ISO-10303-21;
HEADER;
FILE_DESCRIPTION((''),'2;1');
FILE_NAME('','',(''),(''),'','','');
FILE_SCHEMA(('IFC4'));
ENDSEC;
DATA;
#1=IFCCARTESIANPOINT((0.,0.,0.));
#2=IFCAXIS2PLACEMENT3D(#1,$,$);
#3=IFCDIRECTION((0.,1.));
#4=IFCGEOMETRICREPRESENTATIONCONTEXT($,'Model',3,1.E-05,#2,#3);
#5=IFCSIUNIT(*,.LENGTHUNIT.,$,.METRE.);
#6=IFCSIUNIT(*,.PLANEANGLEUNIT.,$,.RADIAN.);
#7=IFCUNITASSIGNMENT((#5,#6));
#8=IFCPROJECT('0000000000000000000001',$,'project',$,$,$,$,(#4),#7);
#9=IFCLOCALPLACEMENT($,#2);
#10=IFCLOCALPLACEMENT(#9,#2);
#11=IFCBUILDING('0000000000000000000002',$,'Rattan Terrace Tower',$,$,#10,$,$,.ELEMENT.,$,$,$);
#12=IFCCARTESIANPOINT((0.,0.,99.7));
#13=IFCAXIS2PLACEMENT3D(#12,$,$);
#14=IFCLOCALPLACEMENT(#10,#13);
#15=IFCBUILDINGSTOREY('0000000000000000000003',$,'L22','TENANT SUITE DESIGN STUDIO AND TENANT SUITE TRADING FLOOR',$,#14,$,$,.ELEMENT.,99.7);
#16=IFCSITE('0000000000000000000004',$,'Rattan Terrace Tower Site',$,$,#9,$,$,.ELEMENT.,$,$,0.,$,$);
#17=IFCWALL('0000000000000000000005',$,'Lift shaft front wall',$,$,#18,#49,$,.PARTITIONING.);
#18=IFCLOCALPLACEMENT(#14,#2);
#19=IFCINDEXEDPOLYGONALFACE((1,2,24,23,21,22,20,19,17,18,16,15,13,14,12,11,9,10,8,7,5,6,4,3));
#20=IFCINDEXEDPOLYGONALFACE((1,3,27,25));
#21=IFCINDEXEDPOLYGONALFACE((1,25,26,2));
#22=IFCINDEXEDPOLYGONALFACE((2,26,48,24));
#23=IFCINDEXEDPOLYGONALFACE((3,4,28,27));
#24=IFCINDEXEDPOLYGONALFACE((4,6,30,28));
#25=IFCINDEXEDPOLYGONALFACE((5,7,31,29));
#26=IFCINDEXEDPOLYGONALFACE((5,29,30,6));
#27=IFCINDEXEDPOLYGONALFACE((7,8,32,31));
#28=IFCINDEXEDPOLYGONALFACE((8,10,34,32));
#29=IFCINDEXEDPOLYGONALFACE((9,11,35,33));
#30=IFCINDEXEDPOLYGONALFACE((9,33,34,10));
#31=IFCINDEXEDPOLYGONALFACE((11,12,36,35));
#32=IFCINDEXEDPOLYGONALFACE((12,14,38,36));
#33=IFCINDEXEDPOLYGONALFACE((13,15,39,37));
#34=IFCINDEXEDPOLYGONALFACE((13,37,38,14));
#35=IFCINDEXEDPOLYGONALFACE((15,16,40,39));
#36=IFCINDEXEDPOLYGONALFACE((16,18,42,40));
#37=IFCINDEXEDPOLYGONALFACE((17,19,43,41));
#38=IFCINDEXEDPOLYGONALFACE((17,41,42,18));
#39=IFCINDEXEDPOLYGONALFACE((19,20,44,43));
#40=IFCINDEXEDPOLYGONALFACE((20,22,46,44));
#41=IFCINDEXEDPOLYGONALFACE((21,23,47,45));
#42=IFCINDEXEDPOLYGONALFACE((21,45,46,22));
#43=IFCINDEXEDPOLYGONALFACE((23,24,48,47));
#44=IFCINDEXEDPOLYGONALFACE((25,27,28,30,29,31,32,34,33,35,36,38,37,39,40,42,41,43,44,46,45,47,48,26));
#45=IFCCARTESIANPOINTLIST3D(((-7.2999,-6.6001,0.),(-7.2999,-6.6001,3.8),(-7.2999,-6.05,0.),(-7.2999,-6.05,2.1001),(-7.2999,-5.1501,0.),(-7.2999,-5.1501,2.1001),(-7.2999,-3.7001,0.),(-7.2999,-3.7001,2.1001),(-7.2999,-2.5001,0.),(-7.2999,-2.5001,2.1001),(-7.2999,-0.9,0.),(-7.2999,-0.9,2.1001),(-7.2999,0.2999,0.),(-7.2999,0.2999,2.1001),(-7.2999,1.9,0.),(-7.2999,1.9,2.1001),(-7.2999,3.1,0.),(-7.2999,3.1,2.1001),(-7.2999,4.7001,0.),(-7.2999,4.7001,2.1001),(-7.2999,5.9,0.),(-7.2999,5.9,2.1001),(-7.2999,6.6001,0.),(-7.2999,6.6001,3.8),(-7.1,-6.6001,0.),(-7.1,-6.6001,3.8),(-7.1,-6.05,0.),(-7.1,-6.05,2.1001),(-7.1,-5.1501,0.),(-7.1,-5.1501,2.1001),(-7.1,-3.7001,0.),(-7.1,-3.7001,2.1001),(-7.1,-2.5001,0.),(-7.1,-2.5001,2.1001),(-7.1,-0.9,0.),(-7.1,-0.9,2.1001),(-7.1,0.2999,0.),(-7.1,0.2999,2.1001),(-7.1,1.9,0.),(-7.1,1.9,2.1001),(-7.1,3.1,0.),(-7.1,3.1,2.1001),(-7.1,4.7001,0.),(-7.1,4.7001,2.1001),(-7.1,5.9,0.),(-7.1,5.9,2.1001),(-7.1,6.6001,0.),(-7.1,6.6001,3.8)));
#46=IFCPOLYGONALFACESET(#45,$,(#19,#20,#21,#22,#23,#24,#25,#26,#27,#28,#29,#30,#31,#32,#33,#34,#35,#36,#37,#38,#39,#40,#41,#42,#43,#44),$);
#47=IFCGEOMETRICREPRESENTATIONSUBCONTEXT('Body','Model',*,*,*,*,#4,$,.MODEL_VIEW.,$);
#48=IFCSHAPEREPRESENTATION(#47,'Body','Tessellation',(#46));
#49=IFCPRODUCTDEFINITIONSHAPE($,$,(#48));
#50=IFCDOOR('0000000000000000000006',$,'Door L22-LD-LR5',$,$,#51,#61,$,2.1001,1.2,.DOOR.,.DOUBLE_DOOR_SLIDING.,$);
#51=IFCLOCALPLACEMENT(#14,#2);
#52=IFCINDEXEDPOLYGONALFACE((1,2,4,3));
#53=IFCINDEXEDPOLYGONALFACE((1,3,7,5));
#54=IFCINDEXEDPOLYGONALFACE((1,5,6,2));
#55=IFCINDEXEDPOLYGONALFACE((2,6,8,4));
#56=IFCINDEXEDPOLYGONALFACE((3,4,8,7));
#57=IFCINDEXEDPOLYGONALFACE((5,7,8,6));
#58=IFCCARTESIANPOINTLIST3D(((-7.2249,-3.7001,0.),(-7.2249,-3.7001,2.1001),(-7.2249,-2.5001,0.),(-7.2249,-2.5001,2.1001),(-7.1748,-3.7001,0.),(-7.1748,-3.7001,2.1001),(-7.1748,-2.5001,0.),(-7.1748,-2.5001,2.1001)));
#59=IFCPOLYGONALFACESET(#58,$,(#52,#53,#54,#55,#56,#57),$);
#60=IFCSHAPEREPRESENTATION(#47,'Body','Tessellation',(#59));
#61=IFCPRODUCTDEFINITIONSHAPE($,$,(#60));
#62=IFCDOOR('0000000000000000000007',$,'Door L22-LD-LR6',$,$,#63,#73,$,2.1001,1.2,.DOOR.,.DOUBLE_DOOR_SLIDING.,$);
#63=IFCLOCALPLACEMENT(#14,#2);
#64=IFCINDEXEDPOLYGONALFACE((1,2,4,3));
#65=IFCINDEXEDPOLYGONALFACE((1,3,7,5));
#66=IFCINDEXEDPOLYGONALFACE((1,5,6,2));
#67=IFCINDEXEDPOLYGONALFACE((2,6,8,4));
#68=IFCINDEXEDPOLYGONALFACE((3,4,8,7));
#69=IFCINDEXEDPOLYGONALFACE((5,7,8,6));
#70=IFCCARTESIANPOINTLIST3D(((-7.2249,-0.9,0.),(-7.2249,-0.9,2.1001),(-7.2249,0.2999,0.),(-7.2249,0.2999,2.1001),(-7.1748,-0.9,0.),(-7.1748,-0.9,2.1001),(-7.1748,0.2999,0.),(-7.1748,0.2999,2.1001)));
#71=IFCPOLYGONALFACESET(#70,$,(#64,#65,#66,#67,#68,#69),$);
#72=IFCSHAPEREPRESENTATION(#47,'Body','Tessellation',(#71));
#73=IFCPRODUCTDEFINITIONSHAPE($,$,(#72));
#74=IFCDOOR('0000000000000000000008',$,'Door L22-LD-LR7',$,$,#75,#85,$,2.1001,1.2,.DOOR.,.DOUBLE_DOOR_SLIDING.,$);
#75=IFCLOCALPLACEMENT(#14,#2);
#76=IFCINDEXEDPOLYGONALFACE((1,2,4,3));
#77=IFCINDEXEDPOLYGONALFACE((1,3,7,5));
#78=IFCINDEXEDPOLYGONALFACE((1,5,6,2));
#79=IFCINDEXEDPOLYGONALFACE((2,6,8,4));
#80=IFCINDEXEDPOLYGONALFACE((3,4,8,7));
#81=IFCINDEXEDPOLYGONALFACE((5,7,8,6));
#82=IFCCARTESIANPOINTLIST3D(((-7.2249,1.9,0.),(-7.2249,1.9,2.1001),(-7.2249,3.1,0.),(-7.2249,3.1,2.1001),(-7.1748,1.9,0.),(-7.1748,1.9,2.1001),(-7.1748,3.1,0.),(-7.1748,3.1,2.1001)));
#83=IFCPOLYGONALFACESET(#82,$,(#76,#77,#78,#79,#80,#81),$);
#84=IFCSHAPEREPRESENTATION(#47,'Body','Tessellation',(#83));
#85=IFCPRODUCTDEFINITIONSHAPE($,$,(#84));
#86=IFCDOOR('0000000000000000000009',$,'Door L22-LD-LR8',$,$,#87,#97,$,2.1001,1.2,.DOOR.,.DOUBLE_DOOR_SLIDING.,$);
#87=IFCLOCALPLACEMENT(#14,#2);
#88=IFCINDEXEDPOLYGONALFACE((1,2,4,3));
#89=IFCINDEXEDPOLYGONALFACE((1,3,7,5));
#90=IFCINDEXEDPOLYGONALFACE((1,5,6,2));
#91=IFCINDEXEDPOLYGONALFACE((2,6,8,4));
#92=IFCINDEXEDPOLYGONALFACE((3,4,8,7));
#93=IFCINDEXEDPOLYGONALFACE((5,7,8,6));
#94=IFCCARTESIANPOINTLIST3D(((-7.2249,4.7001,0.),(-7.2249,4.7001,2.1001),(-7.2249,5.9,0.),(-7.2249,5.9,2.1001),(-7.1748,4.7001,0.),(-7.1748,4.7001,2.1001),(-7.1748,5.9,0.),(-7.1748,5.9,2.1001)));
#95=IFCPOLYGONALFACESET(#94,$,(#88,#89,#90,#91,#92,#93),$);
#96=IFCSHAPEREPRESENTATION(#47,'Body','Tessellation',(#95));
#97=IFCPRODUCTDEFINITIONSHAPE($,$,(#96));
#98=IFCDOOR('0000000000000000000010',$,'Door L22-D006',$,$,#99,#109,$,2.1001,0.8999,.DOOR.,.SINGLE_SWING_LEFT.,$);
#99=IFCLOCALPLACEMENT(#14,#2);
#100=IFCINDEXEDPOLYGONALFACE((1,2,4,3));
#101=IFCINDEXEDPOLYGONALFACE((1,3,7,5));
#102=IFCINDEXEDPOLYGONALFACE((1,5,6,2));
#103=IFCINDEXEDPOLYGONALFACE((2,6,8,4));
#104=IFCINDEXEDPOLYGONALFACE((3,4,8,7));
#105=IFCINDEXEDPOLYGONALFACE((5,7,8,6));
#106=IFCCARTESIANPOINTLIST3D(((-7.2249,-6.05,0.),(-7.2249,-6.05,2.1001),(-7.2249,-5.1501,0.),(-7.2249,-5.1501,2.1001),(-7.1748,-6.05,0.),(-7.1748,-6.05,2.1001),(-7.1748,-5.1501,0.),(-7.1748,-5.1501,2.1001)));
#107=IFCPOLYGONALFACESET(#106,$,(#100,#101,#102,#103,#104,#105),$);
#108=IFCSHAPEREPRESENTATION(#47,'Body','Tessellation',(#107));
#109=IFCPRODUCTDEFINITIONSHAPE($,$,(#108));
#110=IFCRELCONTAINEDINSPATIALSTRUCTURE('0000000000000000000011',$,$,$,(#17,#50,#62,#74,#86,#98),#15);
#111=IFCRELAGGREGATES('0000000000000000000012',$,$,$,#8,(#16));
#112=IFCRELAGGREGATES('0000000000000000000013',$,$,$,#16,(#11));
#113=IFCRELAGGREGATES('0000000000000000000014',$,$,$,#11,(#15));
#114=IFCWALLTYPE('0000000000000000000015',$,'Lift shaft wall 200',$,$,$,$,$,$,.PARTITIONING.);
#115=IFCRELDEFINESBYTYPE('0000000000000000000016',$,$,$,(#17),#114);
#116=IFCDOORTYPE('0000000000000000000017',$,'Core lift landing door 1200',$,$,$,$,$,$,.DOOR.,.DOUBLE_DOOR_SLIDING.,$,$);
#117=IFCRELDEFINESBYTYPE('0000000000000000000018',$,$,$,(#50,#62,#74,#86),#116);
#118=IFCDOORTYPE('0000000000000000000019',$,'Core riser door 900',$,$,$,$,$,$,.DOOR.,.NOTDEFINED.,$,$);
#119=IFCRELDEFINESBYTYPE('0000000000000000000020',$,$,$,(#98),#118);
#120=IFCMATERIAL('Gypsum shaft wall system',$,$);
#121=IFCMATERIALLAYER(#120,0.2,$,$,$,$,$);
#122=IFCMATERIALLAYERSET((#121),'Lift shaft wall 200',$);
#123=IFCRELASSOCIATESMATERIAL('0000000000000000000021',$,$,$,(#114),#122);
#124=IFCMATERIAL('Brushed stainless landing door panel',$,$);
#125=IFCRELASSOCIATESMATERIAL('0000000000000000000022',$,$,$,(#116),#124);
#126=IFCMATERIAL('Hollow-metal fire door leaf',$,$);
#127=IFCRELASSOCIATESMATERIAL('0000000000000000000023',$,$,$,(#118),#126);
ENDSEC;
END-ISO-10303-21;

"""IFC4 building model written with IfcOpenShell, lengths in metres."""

from ifc_helpers import new_model, si_unit, direction, frame, frame_2d, origin, place, context, subcontext, project, spatial, rectangle, extrude, material, layer, layer_set, type_object, element, fill, save


model = new_model("IFC4")

# Units and contexts
model_context = context("Model", 3, precision=1e-05, world=origin(), true_north=direction((0.0, 1.0)))
body_context = subcontext(model_context, "Body", "Model", "MODEL_VIEW")
ifc_project = project(units=[si_unit("LENGTHUNIT", "METRE"), si_unit("PLANEANGLEUNIT", "RADIAN")], contexts=[model_context])

# Site, building, storey
site_placement = place(None, origin())
site = spatial("IfcSite", under=ifc_project, at=site_placement, Name="Rattan Terrace Tower Site", CompositionType="ELEMENT", RefElevation=0.0)
building_placement = place(site_placement, origin())
building = spatial("IfcBuilding", under=site, at=building_placement, Name="Rattan Terrace Tower", CompositionType="ELEMENT")
storey_placement = place(building_placement, frame((0.0, 0.0, 99.7)))
storey = spatial("IfcBuildingStorey", under=building, at=storey_placement, Name="L22", Description="TENANT SUITE DESIGN STUDIO AND TENANT SUITE TRADING FLOOR", CompositionType="ELEMENT", Elevation=99.7)

# Wall, openings, doors
ifc_material_1 = material(Name="Gypsum shaft wall system")
ifc_layer_1 = layer(ifc_material_1, 0.2)
ifc_layer_set_1 = layer_set([ifc_layer_1], Name="Lift shaft wall 200")
wall_type_1 = type_object("IfcWallType", Name="Lift shaft wall 200", PredefinedType="PARTITIONING", material=ifc_layer_set_1)
ifc_material_2 = material(Name="Brushed stainless landing door panel")
door_type_1 = type_object("IfcDoorType", Name="Core lift landing door 1200", OperationType="DOUBLE_DOOR_SLIDING", PredefinedType="DOOR", material=ifc_material_2)
ifc_material_3 = material(Name="Hollow-metal fire door leaf")
door_type_2 = type_object("IfcDoorType", Name="Core riser door 900", OperationType="NOTDEFINED", PredefinedType="DOOR", material=ifc_material_3)
wall_1_placement = place(storey_placement, frame((-7.2, -6.6001, 0.0), z_axis=(0.0, 0.0, 1.0), x_axis=(0.0, 1.0, 0.0)))
wall_1 = element("IfcWall", 1, at=wall_1_placement, inside=storey, type_object=wall_type_1, Name="Lift shaft front wall", PredefinedType="PARTITIONING", context=body_context, shape_type="SweptSolid", body=[
    extrude(rectangle(XDim=13.2002, YDim=0.2, at=frame_2d((6.6001, 0.0))), origin(), (0.0, 0.0, 1.0), 3.8),
])
opening_1_placement = place(wall_1_placement, frame((0.55, 0.0, 0.0)))
opening_1 = element("IfcOpeningElement", 2, at=opening_1_placement, cuts=wall_1, PredefinedType="OPENING", context=body_context, shape_type="SweptSolid", body=[
    extrude(rectangle(XDim=0.8999, YDim=2.1001, at=frame_2d((0.45, 1.05))), frame((0.0, 0.1106, 0.0), z_axis=(0.0, -1.0, 0.0), x_axis=(1.0, 0.0, 0.0)), (0.0, 0.0, 1.0), 0.2209),
])
opening_2_placement = place(wall_1_placement, frame((2.8999, 0.0, 0.0)))
opening_2 = element("IfcOpeningElement", 3, at=opening_2_placement, cuts=wall_1, PredefinedType="OPENING", context=body_context, shape_type="SweptSolid", body=[
    extrude(rectangle(XDim=1.2, YDim=2.1001, at=frame_2d((0.6001, 1.05))), frame((0.0, 0.1106, 0.0), z_axis=(0.0, -1.0, 0.0), x_axis=(1.0, 0.0, 0.0)), (0.0, 0.0, 1.0), 0.2209),
])
opening_3_placement = place(wall_1_placement, frame((5.7, 0.0, 0.0)))
opening_3 = element("IfcOpeningElement", 4, at=opening_3_placement, cuts=wall_1, PredefinedType="OPENING", context=body_context, shape_type="SweptSolid", body=[
    extrude(rectangle(XDim=1.2, YDim=2.1001, at=frame_2d((0.6001, 1.05))), frame((0.0, 0.1106, 0.0), z_axis=(0.0, -1.0, 0.0), x_axis=(1.0, 0.0, 0.0)), (0.0, 0.0, 1.0), 0.2209),
])
opening_4_placement = place(wall_1_placement, frame((8.5, 0.0, 0.0)))
opening_4 = element("IfcOpeningElement", 5, at=opening_4_placement, cuts=wall_1, PredefinedType="OPENING", context=body_context, shape_type="SweptSolid", body=[
    extrude(rectangle(XDim=1.2, YDim=2.1001, at=frame_2d((0.6001, 1.05))), frame((0.0, 0.1106, 0.0), z_axis=(0.0, -1.0, 0.0), x_axis=(1.0, 0.0, 0.0)), (0.0, 0.0, 1.0), 0.2209),
])
opening_5_placement = place(wall_1_placement, frame((11.3, 0.0, 0.0)))
opening_5 = element("IfcOpeningElement", 6, at=opening_5_placement, cuts=wall_1, PredefinedType="OPENING", context=body_context, shape_type="SweptSolid", body=[
    extrude(rectangle(XDim=1.2, YDim=2.1001, at=frame_2d((0.6001, 1.05))), frame((0.0, 0.1106, 0.0), z_axis=(0.0, -1.0, 0.0), x_axis=(1.0, 0.0, 0.0)), (0.0, 0.0, 1.0), 0.2209),
])
door_1_placement = place(opening_2_placement, origin())
door_1 = element("IfcDoor", 7, at=door_1_placement, inside=storey, type_object=door_type_1, Name="Door L22-LD-LR5", OperationType="DOUBLE_DOOR_SLIDING", OverallHeight=2.1001, OverallWidth=1.2, PredefinedType="DOOR", context=body_context, shape_type="SweptSolid", body=[
    extrude(rectangle(XDim=1.2, YDim=2.1001, at=frame_2d((0.6001, 1.05))), frame((0.0, 0.0249, 0.0), z_axis=(0.0, -1.0, 0.0), x_axis=(1.0, 0.0, 0.0)), (0.0, 0.0, 1.0), 0.05),
])
fill(opening_2, door_1)
door_2_placement = place(opening_3_placement, origin())
door_2 = element("IfcDoor", 8, at=door_2_placement, inside=storey, type_object=door_type_1, Name="Door L22-LD-LR6", OperationType="DOUBLE_DOOR_SLIDING", OverallHeight=2.1001, OverallWidth=1.2, PredefinedType="DOOR", context=body_context, shape_type="SweptSolid", body=[
    extrude(rectangle(XDim=1.2, YDim=2.1001, at=frame_2d((0.6001, 1.05))), frame((0.0, 0.0249, 0.0), z_axis=(0.0, -1.0, 0.0), x_axis=(1.0, 0.0, 0.0)), (0.0, 0.0, 1.0), 0.05),
])
fill(opening_3, door_2)
door_3_placement = place(opening_4_placement, origin())
door_3 = element("IfcDoor", 9, at=door_3_placement, inside=storey, type_object=door_type_1, Name="Door L22-LD-LR7", OperationType="DOUBLE_DOOR_SLIDING", OverallHeight=2.1001, OverallWidth=1.2, PredefinedType="DOOR", context=body_context, shape_type="SweptSolid", body=[
    extrude(rectangle(XDim=1.2, YDim=2.1001, at=frame_2d((0.6001, 1.05))), frame((0.0, 0.0249, 0.0), z_axis=(0.0, -1.0, 0.0), x_axis=(1.0, 0.0, 0.0)), (0.0, 0.0, 1.0), 0.05),
])
fill(opening_4, door_3)
door_4_placement = place(opening_5_placement, origin())
door_4 = element("IfcDoor", 10, at=door_4_placement, inside=storey, type_object=door_type_1, Name="Door L22-LD-LR8", OperationType="DOUBLE_DOOR_SLIDING", OverallHeight=2.1001, OverallWidth=1.2, PredefinedType="DOOR", context=body_context, shape_type="SweptSolid", body=[
    extrude(rectangle(XDim=1.2, YDim=2.1001, at=frame_2d((0.6001, 1.05))), frame((0.0, 0.0249, 0.0), z_axis=(0.0, -1.0, 0.0), x_axis=(1.0, 0.0, 0.0)), (0.0, 0.0, 1.0), 0.05),
])
fill(opening_5, door_4)
door_5_placement = place(opening_1_placement, origin())
door_5 = element("IfcDoor", 11, at=door_5_placement, inside=storey, type_object=door_type_2, Name="Door L22-D006", OperationType="SINGLE_SWING_LEFT", OverallHeight=2.1001, OverallWidth=0.8999, PredefinedType="DOOR", context=body_context, shape_type="SweptSolid", body=[
    extrude(rectangle(XDim=0.8999, YDim=2.1001, at=frame_2d((0.45, 1.05))), frame((0.0, 0.0249, 0.0), z_axis=(0.0, -1.0, 0.0), x_axis=(1.0, 0.0, 0.0)), (0.0, 0.0, 1.0), 0.05),
])
fill(opening_1, door_5)

save(model, "model.ifc")
